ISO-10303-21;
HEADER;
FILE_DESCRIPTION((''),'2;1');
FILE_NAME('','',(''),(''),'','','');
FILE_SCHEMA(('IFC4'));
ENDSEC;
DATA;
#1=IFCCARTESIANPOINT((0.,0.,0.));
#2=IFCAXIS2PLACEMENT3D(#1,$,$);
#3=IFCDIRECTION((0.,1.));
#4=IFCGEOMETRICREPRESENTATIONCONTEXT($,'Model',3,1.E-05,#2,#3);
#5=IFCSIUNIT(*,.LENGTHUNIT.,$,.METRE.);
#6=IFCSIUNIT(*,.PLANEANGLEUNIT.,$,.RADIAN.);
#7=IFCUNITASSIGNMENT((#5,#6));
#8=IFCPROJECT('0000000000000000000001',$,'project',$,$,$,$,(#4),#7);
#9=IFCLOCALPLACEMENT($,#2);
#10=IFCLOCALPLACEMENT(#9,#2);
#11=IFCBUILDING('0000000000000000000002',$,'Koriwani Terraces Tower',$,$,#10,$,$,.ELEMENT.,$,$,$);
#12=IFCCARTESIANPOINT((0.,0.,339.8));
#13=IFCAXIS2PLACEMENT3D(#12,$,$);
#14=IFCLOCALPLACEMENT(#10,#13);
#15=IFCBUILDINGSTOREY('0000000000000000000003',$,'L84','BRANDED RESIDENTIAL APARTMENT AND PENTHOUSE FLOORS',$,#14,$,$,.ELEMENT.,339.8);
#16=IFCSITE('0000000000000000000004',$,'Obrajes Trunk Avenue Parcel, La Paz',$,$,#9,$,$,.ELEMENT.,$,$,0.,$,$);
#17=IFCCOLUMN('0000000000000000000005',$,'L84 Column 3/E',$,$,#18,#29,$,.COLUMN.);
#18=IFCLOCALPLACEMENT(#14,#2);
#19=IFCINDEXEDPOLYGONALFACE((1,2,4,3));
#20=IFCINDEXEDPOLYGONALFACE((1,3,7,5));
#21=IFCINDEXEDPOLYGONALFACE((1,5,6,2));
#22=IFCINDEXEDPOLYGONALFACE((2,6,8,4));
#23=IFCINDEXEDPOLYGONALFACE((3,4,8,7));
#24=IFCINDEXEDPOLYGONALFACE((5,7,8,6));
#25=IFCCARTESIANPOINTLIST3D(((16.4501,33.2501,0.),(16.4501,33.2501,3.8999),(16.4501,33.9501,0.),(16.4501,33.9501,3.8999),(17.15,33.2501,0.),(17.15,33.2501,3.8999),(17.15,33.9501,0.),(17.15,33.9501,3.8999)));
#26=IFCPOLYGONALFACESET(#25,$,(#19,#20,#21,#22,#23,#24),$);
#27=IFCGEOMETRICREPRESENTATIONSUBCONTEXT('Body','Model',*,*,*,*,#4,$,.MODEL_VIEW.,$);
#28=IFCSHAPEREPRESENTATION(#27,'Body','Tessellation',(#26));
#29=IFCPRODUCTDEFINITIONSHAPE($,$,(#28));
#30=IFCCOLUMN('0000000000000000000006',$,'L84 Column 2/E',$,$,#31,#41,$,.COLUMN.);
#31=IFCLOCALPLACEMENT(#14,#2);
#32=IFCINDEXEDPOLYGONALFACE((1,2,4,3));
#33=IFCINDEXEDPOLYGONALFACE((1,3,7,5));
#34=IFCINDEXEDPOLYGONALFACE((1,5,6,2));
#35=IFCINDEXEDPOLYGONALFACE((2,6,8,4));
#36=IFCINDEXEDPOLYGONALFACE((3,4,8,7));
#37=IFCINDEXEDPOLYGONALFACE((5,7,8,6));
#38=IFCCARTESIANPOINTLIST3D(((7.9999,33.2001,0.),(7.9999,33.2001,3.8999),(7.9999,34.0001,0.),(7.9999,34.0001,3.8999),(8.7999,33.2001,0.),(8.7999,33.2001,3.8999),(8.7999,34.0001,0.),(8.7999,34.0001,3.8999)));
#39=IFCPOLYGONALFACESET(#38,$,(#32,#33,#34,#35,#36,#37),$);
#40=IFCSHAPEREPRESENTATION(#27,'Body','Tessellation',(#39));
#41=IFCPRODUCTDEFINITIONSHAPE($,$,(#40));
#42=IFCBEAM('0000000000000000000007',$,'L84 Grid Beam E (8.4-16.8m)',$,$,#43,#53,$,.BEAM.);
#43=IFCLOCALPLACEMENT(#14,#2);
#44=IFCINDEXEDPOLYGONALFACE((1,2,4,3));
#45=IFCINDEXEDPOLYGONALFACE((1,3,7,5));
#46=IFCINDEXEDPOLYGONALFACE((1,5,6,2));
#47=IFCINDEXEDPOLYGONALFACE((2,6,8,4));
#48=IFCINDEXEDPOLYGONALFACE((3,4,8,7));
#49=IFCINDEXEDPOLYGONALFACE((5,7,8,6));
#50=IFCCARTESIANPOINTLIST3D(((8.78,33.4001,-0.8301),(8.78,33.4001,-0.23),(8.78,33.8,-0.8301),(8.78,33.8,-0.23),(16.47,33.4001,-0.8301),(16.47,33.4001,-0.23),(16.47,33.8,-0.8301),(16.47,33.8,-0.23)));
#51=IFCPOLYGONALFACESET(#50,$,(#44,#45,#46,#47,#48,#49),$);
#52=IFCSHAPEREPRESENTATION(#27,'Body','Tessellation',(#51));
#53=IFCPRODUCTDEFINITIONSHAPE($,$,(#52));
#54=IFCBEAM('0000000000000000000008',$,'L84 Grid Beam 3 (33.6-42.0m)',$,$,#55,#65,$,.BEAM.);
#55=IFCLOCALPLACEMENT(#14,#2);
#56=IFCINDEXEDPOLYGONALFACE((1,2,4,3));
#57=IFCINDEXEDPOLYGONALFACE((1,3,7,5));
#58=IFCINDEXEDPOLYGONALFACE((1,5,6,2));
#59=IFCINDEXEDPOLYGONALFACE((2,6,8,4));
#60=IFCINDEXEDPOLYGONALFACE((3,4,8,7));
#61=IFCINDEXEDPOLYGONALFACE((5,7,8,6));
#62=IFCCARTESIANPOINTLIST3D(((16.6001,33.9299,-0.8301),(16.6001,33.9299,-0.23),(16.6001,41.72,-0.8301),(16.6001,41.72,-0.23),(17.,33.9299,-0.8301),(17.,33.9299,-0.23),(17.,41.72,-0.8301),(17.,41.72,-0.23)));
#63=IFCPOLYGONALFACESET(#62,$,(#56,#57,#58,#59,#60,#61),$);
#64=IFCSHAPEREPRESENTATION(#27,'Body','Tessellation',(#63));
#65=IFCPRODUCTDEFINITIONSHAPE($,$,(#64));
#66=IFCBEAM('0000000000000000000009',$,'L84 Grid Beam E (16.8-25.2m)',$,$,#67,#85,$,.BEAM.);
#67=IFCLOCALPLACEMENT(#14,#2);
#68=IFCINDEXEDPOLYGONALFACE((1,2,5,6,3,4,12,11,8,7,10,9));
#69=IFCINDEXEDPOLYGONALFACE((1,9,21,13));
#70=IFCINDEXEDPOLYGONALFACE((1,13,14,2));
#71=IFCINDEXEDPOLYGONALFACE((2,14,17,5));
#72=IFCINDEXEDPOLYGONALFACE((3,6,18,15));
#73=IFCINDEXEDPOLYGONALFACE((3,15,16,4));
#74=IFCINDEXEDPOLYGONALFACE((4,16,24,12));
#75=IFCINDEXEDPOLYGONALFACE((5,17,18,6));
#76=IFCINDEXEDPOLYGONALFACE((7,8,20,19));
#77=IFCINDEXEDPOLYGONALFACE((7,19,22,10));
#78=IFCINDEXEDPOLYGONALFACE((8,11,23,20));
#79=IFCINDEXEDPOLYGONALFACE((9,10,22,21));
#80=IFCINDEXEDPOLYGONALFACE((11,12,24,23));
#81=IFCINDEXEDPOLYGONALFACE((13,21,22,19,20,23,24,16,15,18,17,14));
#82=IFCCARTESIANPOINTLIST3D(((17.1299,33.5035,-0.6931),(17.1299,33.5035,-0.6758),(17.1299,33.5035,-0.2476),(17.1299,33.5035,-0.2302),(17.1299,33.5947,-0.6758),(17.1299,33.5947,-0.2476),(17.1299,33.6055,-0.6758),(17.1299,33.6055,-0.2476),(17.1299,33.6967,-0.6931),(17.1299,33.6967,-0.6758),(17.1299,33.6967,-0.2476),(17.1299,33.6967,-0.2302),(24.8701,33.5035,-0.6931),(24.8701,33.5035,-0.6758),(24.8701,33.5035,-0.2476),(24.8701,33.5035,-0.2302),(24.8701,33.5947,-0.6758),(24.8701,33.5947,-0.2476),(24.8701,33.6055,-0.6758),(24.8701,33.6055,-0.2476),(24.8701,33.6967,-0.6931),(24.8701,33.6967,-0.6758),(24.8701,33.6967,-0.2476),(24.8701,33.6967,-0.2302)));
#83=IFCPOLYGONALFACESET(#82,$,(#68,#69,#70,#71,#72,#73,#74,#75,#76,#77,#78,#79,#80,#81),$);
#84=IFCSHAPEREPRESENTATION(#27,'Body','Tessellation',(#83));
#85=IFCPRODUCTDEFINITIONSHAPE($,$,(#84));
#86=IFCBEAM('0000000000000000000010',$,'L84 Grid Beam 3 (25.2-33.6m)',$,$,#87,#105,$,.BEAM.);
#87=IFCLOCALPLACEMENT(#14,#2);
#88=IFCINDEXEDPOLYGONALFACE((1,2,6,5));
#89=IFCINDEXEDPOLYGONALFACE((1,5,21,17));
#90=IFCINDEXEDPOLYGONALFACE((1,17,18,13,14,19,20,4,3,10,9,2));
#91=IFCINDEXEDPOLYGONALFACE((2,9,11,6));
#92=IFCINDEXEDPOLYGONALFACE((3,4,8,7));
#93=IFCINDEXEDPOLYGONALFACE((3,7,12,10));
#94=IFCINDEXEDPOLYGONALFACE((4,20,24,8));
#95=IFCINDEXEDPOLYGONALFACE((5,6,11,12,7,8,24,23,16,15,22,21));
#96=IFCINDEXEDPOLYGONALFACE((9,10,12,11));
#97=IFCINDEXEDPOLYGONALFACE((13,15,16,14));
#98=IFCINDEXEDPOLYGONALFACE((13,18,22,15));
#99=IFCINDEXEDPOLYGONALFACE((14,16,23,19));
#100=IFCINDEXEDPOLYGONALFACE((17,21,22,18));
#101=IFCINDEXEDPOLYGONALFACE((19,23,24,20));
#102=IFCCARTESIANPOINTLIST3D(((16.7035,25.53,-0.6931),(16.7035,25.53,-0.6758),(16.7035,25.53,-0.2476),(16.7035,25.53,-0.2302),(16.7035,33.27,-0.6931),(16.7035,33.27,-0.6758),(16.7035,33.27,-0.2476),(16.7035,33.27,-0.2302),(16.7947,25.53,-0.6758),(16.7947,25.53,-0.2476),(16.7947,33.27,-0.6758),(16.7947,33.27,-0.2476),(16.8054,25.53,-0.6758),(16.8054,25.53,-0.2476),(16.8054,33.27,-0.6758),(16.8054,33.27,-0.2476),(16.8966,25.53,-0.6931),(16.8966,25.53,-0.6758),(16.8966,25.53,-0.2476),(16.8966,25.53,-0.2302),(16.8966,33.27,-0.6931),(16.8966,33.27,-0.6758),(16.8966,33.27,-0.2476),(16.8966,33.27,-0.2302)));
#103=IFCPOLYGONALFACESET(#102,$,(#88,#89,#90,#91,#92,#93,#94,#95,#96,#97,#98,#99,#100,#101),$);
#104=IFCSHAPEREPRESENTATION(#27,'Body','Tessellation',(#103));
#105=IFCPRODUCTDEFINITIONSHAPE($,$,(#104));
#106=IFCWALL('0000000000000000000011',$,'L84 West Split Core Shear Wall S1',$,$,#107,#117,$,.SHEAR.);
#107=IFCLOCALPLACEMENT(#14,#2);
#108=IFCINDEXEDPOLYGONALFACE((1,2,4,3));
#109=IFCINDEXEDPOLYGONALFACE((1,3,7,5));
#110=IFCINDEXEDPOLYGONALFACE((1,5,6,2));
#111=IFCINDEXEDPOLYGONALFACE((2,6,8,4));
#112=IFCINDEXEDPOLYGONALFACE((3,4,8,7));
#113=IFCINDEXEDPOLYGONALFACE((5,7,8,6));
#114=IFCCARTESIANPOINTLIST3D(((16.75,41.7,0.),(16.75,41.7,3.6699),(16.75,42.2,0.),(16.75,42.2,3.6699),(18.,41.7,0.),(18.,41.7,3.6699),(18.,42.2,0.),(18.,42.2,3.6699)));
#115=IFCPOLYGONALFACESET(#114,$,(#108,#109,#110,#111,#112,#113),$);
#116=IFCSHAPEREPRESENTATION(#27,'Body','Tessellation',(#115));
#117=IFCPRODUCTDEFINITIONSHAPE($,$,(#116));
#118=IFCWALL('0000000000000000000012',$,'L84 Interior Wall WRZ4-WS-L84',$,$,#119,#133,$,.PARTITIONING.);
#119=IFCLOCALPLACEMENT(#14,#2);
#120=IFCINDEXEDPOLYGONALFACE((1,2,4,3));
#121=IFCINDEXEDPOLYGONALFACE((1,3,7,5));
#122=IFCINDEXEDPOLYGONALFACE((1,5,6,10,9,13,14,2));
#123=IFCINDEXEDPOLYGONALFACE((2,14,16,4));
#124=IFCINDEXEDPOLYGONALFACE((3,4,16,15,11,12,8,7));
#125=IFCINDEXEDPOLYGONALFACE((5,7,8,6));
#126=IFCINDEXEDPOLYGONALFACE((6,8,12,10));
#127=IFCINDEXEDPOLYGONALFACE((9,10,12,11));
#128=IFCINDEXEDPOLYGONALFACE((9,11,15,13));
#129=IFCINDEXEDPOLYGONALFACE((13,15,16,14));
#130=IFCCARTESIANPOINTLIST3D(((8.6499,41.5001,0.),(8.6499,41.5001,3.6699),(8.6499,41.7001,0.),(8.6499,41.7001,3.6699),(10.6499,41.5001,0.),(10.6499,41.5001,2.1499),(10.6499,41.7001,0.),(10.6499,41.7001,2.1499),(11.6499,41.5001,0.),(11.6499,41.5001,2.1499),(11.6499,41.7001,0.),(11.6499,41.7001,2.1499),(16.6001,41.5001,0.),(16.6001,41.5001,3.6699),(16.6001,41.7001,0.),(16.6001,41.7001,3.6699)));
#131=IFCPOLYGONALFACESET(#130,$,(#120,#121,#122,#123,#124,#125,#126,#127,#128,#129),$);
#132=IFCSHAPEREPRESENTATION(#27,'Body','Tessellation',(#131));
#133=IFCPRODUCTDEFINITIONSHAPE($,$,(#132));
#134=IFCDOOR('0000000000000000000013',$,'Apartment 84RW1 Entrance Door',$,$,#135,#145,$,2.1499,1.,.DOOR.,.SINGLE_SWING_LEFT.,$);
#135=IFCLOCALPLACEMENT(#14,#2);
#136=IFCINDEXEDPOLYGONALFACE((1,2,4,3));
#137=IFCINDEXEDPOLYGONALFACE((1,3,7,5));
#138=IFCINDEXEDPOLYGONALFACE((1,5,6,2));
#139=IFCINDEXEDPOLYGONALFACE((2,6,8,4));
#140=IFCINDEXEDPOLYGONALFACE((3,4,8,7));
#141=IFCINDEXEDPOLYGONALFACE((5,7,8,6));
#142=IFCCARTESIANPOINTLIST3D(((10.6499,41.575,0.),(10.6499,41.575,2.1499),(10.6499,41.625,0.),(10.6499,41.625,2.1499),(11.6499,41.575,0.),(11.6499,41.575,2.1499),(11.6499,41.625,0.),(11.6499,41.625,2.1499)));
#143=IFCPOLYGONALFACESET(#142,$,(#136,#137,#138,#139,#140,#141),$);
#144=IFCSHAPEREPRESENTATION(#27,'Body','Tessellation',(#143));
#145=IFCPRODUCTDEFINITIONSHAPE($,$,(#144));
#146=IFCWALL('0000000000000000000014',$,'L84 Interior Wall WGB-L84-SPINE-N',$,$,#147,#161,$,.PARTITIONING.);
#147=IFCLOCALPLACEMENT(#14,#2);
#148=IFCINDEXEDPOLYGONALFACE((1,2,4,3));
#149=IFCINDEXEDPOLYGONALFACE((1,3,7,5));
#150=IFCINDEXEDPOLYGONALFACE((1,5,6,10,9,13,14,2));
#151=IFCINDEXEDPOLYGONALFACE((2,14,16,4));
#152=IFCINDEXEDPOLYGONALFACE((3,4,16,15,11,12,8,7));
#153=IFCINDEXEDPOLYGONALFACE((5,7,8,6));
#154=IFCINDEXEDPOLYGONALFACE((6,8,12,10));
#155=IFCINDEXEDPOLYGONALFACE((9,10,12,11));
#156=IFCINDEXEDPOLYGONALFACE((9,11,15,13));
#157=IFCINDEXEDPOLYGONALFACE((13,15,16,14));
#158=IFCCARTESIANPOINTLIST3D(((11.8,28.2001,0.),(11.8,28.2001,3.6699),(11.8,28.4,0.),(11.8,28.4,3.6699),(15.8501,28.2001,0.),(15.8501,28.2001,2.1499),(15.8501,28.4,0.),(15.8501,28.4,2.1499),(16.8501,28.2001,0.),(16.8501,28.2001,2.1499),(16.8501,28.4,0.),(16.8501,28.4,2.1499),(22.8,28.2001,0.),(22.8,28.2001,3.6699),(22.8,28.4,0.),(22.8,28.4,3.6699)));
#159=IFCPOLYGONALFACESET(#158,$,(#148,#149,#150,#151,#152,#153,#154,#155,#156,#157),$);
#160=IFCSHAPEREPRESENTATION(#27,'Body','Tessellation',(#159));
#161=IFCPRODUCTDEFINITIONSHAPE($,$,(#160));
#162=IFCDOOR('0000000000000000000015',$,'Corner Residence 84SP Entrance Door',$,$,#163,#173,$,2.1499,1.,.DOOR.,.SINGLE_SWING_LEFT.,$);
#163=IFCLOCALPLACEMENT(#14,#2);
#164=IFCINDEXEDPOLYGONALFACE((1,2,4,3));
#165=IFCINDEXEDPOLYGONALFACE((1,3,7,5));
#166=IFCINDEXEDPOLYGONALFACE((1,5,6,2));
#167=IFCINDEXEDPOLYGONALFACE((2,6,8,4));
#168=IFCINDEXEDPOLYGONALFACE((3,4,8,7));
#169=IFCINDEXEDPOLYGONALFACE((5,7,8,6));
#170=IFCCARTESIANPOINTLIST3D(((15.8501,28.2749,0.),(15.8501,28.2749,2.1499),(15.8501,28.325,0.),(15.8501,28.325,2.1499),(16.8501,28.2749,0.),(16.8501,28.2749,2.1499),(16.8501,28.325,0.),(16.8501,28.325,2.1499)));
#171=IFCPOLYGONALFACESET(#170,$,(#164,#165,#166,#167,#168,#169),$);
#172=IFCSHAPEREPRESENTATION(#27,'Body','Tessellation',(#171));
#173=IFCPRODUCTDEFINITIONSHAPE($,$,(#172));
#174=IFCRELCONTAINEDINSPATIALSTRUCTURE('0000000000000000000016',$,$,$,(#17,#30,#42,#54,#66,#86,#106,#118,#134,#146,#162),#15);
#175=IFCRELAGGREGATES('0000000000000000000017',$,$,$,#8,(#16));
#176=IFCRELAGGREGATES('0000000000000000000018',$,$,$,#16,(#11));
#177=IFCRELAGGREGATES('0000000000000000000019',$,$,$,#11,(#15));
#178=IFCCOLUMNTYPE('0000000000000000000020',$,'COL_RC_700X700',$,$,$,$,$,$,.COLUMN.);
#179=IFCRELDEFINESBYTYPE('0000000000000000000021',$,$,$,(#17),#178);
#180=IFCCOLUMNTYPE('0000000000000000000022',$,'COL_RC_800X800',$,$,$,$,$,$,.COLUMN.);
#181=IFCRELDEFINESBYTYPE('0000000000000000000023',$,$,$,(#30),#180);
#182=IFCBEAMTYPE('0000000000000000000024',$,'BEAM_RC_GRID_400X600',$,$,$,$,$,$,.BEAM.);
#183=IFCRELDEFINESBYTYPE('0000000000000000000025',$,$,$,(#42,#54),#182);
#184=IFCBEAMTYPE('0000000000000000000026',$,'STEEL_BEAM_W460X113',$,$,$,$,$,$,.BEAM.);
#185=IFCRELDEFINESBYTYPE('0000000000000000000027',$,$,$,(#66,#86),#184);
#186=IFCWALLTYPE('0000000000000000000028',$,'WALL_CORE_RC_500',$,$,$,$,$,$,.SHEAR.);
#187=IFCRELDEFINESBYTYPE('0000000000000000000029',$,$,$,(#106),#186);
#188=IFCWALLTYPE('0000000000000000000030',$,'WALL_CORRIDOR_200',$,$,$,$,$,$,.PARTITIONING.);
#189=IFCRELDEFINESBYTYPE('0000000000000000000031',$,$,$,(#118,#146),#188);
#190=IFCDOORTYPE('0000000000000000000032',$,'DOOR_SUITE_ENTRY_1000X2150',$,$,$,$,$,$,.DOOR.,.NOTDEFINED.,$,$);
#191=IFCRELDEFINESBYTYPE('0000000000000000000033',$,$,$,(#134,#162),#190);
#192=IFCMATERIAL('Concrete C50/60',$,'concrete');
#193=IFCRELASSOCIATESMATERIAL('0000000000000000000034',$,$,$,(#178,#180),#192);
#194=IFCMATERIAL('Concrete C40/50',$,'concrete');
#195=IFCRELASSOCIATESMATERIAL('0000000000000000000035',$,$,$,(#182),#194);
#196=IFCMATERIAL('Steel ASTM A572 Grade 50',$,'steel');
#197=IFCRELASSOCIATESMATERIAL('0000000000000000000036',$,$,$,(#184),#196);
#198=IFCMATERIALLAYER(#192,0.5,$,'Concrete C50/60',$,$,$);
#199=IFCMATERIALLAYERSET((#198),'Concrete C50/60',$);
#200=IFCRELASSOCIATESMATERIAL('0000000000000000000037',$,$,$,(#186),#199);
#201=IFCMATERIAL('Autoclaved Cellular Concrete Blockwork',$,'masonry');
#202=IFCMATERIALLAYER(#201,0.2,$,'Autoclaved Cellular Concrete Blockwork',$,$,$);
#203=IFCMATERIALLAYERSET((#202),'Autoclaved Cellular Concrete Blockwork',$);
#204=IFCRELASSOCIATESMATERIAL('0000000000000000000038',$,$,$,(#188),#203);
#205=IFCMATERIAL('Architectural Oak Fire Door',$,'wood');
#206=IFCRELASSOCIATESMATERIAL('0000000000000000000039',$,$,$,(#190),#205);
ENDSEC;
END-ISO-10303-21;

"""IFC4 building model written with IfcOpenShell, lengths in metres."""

from ifc_helpers import new_model, si_unit, direction, frame, frame_2d, origin, origin_2d, place, context, subcontext, project, spatial, rectangle, i_section, extrude, material, layer, layer_set, material_profile, profile_set, type_object, element, fill, save


model = new_model("IFC4")

# Units and contexts
model_context = context("Model", 3, precision=1e-05, world=origin(), true_north=direction((0.0, 1.0)))
body_context = subcontext(model_context, "Body", "Model", "MODEL_VIEW")
ifc_project = project(units=[si_unit("LENGTHUNIT", "METRE"), si_unit("PLANEANGLEUNIT", "RADIAN")], contexts=[model_context])

# Site, building, storey
site_placement = place(None, origin())
site = spatial("IfcSite", under=ifc_project, at=site_placement, Name="Obrajes Trunk Avenue Parcel, La Paz", CompositionType="ELEMENT", RefElevation=0.0)
building_placement = place(site_placement, origin())
building = spatial("IfcBuilding", under=site, at=building_placement, Name="Koriwani Terraces Tower", CompositionType="ELEMENT")
storey_placement = place(building_placement, frame((0.0, 0.0, 339.8)))
storey = spatial("IfcBuildingStorey", under=building, at=storey_placement, Name="L84", Description="BRANDED RESIDENTIAL APARTMENT AND PENTHOUSE FLOORS", CompositionType="ELEMENT", Elevation=339.8)

# Columns
ifc_material_1 = material(Name="Concrete C50/60", Category="concrete")
ifc_material_profile_1 = material_profile(ifc_material_1, rectangle(XDim=0.7, YDim=0.7, at=origin_2d()), Name="Concrete C50/60", Category="LoadBearing")
ifc_profile_set_1 = profile_set([ifc_material_profile_1], Name="Concrete C50/60")
column_type_1 = type_object("IfcColumnType", Name="COL_RC_700X700", PredefinedType="COLUMN", material=ifc_profile_set_1)
column_1_placement = place(storey_placement, frame((16.8, 33.6001, 0.0), z_axis=(0.0, 0.0, 1.0), x_axis=(1.0, 0.0, 0.0)))
element("IfcColumn", 1, at=column_1_placement, inside=storey, type_object=column_type_1, Name="L84 Column 3/E", PredefinedType="COLUMN", context=body_context, shape_type="SweptSolid", body=[
    extrude(rectangle(XDim=0.7, YDim=0.7, at=origin_2d()), origin(), (0.0, 0.0, 1.0), 3.8999),
])
ifc_material_profile_2 = material_profile(ifc_material_1, rectangle(XDim=0.8, YDim=0.8, at=origin_2d()), Name="Concrete C50/60", Category="LoadBearing")
ifc_profile_set_2 = profile_set([ifc_material_profile_2], Name="Concrete C50/60")
column_type_2 = type_object("IfcColumnType", Name="COL_RC_800X800", PredefinedType="COLUMN", material=ifc_profile_set_2)
column_2_placement = place(storey_placement, frame((8.3999, 33.6001, 0.0), z_axis=(0.0, 0.0, 1.0), x_axis=(1.0, 0.0, 0.0)))
element("IfcColumn", 2, at=column_2_placement, inside=storey, type_object=column_type_2, Name="L84 Column 2/E", PredefinedType="COLUMN", context=body_context, shape_type="SweptSolid", body=[
    extrude(rectangle(XDim=0.8, YDim=0.8, at=origin_2d()), origin(), (0.0, 0.0, 1.0), 3.8999),
])

# Beams
ifc_material_2 = material(Name="Concrete C40/50", Category="concrete")
ifc_material_profile_3 = material_profile(ifc_material_2, rectangle(XDim=0.3999, YDim=0.6001, at=origin_2d()), Name="Concrete C40/50", Category="LoadBearing")
ifc_profile_set_3 = profile_set([ifc_material_profile_3], Name="Concrete C40/50")
beam_type_1 = type_object("IfcBeamType", Name="BEAM_RC_GRID_400X600", PredefinedType="BEAM", material=ifc_profile_set_3)
beam_1_placement = place(storey_placement, frame((8.78, 33.6001, -0.53), z_axis=(1.0, 0.0, 0.0), x_axis=(0.0, 1.0, 0.0)))
element("IfcBeam", 3, at=beam_1_placement, inside=storey, type_object=beam_type_1, Name="L84 Grid Beam E (8.4-16.8m)", PredefinedType="BEAM", context=body_context, shape_type="SweptSolid", body=[
    extrude(rectangle(XDim=0.3999, YDim=0.6001, at=origin_2d()), origin(), (0.0, 0.0, 1.0), 7.6899),
])
beam_2_placement = place(storey_placement, frame((16.8, 33.9299, -0.53), z_axis=(0.0, 1.0, 0.0), x_axis=(-1.0, 0.0, 0.0)))
element("IfcBeam", 4, at=beam_2_placement, inside=storey, type_object=beam_type_1, Name="L84 Grid Beam 3 (33.6-42.0m)", PredefinedType="BEAM", context=body_context, shape_type="SweptSolid", body=[
    extrude(rectangle(XDim=0.3999, YDim=0.6001, at=origin_2d()), origin(), (0.0, 0.0, 1.0), 7.79),
])
ifc_material_3 = material(Name="Steel ASTM A572 Grade 50", Category="steel")
ifc_material_profile_4 = material_profile(ifc_material_3, i_section(OverallWidth=0.1931, OverallDepth=0.4629, WebThickness=0.0107, FlangeThickness=0.0173, at=origin_2d()), Name="Steel ASTM A572 Grade 50", Category="LoadBearing")
ifc_profile_set_4 = profile_set([ifc_material_profile_4], Name="Steel ASTM A572 Grade 50")
beam_type_2 = type_object("IfcBeamType", Name="STEEL_BEAM_W460X113", PredefinedType="BEAM", material=ifc_profile_set_4)
beam_3_placement = place(storey_placement, frame((17.1299, 33.6001, -0.4617), z_axis=(1.0, 0.0, 0.0), x_axis=(0.0, 1.0, 0.0)))
element("IfcBeam", 5, at=beam_3_placement, inside=storey, type_object=beam_type_2, Name="L84 Grid Beam E (16.8-25.2m)", PredefinedType="BEAM", context=body_context, shape_type="SweptSolid", body=[
    extrude(i_section(OverallWidth=0.1931, OverallDepth=0.4629, WebThickness=0.0107, FlangeThickness=0.0173, at=origin_2d()), origin(), (0.0, 0.0, 1.0), 7.7402),
])
beam_4_placement = place(storey_placement, frame((16.8, 25.53, -0.4617), z_axis=(0.0, 1.0, 0.0), x_axis=(-1.0, 0.0, 0.0)))
element("IfcBeam", 6, at=beam_4_placement, inside=storey, type_object=beam_type_2, Name="L84 Grid Beam 3 (25.2-33.6m)", PredefinedType="BEAM", context=body_context, shape_type="SweptSolid", body=[
    extrude(i_section(OverallWidth=0.1931, OverallDepth=0.4629, WebThickness=0.0107, FlangeThickness=0.0173, at=origin_2d()), origin(), (0.0, 0.0, 1.0), 7.74),
])

# Wall
ifc_layer_1 = layer(ifc_material_1, 0.5, Name="Concrete C50/60")
ifc_layer_set_1 = layer_set([ifc_layer_1], Name="Concrete C50/60")
wall_type_1 = type_object("IfcWallType", Name="WALL_CORE_RC_500", PredefinedType="SHEAR", material=ifc_layer_set_1)
wall_1_placement = place(storey_placement, frame((16.75, 41.95, 0.0), z_axis=(0.0, 0.0, 1.0), x_axis=(1.0, 0.0, 0.0)))
element("IfcWall", 7, at=wall_1_placement, inside=storey, type_object=wall_type_1, Name="L84 West Split Core Shear Wall S1", PredefinedType="SHEAR", context=body_context, shape_type="SweptSolid", body=[
    extrude(rectangle(XDim=1.25, YDim=0.5, at=frame_2d((0.625, 0.0))), origin(), (0.0, 0.0, 1.0), 3.6699),
])

# Walls, openings, doors
ifc_material_4 = material(Name="Autoclaved Cellular Concrete Blockwork", Category="masonry")
ifc_layer_2 = layer(ifc_material_4, 0.2, Name="Autoclaved Cellular Concrete Blockwork")
ifc_layer_set_2 = layer_set([ifc_layer_2], Name="Autoclaved Cellular Concrete Blockwork")
wall_type_2 = type_object("IfcWallType", Name="WALL_CORRIDOR_200", PredefinedType="PARTITIONING", material=ifc_layer_set_2)
wall_2_placement = place(storey_placement, frame((8.6499, 41.6001, 0.0), z_axis=(0.0, 0.0, 1.0), x_axis=(1.0, 0.0, 0.0)))
wall_2 = element("IfcWall", 8, at=wall_2_placement, inside=storey, type_object=wall_type_2, Name="L84 Interior Wall WRZ4-WS-L84", PredefinedType="PARTITIONING", context=body_context, shape_type="SweptSolid", body=[
    extrude(rectangle(XDim=7.9502, YDim=0.2, at=frame_2d((3.9751, 0.0))), origin(), (0.0, 0.0, 1.0), 3.6699),
])
opening_1_placement = place(wall_2_placement, frame((2.0, 0.0, 0.0)))
opening_1 = element("IfcOpeningElement", 9, at=opening_1_placement, cuts=wall_2, PredefinedType="OPENING", context=body_context, shape_type="SweptSolid", body=[
    extrude(rectangle(XDim=1.0, YDim=2.1499, at=frame_2d((0.5, 1.075))), frame((0.0, 0.1099, 0.0), z_axis=(0.0, -1.0, 0.0), x_axis=(1.0, 0.0, 0.0)), (0.0, 0.0, 1.0), 0.22),
])
ifc_material_5 = material(Name="Architectural Oak Fire Door", Category="wood")
door_type_1 = type_object("IfcDoorType", Name="DOOR_SUITE_ENTRY_1000X2150", OperationType="NOTDEFINED", PredefinedType="DOOR", material=ifc_material_5)
door_1_placement = place(opening_1_placement, origin())
door_1 = element("IfcDoor", 10, at=door_1_placement, inside=storey, type_object=door_type_1, Name="Apartment 84RW1 Entrance Door", OperationType="SINGLE_SWING_LEFT", OverallHeight=2.1499, OverallWidth=1.0, PredefinedType="DOOR", context=body_context, shape_type="SweptSolid", body=[
    extrude(rectangle(XDim=1.0, YDim=2.1499, at=frame_2d((0.5, 1.075))), frame((0.0, 0.0249, 0.0), z_axis=(0.0, -1.0, 0.0), x_axis=(1.0, 0.0, 0.0)), (0.0, 0.0, 1.0), 0.05),
])
fill(opening_1, door_1)
wall_3_placement = place(storey_placement, frame((11.8, 28.3, 0.0), z_axis=(0.0, 0.0, 1.0), x_axis=(1.0, 0.0, 0.0)))
wall_3 = element("IfcWall", 11, at=wall_3_placement, inside=storey, type_object=wall_type_2, Name="L84 Interior Wall WGB-L84-SPINE-N", PredefinedType="PARTITIONING", context=body_context, shape_type="SweptSolid", body=[
    extrude(rectangle(XDim=11.0, YDim=0.2, at=frame_2d((5.5, 0.0))), origin(), (0.0, 0.0, 1.0), 3.6699),
])
opening_2_placement = place(wall_3_placement, frame((4.05, 0.0, 0.0)))
opening_2 = element("IfcOpeningElement", 12, at=opening_2_placement, cuts=wall_3, PredefinedType="OPENING", context=body_context, shape_type="SweptSolid", body=[
    extrude(rectangle(XDim=1.0, YDim=2.1499, at=frame_2d((0.5, 1.075))), frame((0.0, 0.1099, 0.0), z_axis=(0.0, -1.0, 0.0), x_axis=(1.0, 0.0, 0.0)), (0.0, 0.0, 1.0), 0.22),
])
door_2_placement = place(opening_2_placement, origin())
door_2 = element("IfcDoor", 13, at=door_2_placement, inside=storey, type_object=door_type_1, Name="Corner Residence 84SP Entrance Door", OperationType="SINGLE_SWING_LEFT", OverallHeight=2.1499, OverallWidth=1.0, PredefinedType="DOOR", context=body_context, shape_type="SweptSolid", body=[
    extrude(rectangle(XDim=1.0, YDim=2.1499, at=frame_2d((0.5, 1.075))), frame((0.0, 0.0249, 0.0), z_axis=(0.0, -1.0, 0.0), x_axis=(1.0, 0.0, 0.0)), (0.0, 0.0, 1.0), 0.05),
])
fill(opening_2, door_2)

save(model, "model.ifc")
